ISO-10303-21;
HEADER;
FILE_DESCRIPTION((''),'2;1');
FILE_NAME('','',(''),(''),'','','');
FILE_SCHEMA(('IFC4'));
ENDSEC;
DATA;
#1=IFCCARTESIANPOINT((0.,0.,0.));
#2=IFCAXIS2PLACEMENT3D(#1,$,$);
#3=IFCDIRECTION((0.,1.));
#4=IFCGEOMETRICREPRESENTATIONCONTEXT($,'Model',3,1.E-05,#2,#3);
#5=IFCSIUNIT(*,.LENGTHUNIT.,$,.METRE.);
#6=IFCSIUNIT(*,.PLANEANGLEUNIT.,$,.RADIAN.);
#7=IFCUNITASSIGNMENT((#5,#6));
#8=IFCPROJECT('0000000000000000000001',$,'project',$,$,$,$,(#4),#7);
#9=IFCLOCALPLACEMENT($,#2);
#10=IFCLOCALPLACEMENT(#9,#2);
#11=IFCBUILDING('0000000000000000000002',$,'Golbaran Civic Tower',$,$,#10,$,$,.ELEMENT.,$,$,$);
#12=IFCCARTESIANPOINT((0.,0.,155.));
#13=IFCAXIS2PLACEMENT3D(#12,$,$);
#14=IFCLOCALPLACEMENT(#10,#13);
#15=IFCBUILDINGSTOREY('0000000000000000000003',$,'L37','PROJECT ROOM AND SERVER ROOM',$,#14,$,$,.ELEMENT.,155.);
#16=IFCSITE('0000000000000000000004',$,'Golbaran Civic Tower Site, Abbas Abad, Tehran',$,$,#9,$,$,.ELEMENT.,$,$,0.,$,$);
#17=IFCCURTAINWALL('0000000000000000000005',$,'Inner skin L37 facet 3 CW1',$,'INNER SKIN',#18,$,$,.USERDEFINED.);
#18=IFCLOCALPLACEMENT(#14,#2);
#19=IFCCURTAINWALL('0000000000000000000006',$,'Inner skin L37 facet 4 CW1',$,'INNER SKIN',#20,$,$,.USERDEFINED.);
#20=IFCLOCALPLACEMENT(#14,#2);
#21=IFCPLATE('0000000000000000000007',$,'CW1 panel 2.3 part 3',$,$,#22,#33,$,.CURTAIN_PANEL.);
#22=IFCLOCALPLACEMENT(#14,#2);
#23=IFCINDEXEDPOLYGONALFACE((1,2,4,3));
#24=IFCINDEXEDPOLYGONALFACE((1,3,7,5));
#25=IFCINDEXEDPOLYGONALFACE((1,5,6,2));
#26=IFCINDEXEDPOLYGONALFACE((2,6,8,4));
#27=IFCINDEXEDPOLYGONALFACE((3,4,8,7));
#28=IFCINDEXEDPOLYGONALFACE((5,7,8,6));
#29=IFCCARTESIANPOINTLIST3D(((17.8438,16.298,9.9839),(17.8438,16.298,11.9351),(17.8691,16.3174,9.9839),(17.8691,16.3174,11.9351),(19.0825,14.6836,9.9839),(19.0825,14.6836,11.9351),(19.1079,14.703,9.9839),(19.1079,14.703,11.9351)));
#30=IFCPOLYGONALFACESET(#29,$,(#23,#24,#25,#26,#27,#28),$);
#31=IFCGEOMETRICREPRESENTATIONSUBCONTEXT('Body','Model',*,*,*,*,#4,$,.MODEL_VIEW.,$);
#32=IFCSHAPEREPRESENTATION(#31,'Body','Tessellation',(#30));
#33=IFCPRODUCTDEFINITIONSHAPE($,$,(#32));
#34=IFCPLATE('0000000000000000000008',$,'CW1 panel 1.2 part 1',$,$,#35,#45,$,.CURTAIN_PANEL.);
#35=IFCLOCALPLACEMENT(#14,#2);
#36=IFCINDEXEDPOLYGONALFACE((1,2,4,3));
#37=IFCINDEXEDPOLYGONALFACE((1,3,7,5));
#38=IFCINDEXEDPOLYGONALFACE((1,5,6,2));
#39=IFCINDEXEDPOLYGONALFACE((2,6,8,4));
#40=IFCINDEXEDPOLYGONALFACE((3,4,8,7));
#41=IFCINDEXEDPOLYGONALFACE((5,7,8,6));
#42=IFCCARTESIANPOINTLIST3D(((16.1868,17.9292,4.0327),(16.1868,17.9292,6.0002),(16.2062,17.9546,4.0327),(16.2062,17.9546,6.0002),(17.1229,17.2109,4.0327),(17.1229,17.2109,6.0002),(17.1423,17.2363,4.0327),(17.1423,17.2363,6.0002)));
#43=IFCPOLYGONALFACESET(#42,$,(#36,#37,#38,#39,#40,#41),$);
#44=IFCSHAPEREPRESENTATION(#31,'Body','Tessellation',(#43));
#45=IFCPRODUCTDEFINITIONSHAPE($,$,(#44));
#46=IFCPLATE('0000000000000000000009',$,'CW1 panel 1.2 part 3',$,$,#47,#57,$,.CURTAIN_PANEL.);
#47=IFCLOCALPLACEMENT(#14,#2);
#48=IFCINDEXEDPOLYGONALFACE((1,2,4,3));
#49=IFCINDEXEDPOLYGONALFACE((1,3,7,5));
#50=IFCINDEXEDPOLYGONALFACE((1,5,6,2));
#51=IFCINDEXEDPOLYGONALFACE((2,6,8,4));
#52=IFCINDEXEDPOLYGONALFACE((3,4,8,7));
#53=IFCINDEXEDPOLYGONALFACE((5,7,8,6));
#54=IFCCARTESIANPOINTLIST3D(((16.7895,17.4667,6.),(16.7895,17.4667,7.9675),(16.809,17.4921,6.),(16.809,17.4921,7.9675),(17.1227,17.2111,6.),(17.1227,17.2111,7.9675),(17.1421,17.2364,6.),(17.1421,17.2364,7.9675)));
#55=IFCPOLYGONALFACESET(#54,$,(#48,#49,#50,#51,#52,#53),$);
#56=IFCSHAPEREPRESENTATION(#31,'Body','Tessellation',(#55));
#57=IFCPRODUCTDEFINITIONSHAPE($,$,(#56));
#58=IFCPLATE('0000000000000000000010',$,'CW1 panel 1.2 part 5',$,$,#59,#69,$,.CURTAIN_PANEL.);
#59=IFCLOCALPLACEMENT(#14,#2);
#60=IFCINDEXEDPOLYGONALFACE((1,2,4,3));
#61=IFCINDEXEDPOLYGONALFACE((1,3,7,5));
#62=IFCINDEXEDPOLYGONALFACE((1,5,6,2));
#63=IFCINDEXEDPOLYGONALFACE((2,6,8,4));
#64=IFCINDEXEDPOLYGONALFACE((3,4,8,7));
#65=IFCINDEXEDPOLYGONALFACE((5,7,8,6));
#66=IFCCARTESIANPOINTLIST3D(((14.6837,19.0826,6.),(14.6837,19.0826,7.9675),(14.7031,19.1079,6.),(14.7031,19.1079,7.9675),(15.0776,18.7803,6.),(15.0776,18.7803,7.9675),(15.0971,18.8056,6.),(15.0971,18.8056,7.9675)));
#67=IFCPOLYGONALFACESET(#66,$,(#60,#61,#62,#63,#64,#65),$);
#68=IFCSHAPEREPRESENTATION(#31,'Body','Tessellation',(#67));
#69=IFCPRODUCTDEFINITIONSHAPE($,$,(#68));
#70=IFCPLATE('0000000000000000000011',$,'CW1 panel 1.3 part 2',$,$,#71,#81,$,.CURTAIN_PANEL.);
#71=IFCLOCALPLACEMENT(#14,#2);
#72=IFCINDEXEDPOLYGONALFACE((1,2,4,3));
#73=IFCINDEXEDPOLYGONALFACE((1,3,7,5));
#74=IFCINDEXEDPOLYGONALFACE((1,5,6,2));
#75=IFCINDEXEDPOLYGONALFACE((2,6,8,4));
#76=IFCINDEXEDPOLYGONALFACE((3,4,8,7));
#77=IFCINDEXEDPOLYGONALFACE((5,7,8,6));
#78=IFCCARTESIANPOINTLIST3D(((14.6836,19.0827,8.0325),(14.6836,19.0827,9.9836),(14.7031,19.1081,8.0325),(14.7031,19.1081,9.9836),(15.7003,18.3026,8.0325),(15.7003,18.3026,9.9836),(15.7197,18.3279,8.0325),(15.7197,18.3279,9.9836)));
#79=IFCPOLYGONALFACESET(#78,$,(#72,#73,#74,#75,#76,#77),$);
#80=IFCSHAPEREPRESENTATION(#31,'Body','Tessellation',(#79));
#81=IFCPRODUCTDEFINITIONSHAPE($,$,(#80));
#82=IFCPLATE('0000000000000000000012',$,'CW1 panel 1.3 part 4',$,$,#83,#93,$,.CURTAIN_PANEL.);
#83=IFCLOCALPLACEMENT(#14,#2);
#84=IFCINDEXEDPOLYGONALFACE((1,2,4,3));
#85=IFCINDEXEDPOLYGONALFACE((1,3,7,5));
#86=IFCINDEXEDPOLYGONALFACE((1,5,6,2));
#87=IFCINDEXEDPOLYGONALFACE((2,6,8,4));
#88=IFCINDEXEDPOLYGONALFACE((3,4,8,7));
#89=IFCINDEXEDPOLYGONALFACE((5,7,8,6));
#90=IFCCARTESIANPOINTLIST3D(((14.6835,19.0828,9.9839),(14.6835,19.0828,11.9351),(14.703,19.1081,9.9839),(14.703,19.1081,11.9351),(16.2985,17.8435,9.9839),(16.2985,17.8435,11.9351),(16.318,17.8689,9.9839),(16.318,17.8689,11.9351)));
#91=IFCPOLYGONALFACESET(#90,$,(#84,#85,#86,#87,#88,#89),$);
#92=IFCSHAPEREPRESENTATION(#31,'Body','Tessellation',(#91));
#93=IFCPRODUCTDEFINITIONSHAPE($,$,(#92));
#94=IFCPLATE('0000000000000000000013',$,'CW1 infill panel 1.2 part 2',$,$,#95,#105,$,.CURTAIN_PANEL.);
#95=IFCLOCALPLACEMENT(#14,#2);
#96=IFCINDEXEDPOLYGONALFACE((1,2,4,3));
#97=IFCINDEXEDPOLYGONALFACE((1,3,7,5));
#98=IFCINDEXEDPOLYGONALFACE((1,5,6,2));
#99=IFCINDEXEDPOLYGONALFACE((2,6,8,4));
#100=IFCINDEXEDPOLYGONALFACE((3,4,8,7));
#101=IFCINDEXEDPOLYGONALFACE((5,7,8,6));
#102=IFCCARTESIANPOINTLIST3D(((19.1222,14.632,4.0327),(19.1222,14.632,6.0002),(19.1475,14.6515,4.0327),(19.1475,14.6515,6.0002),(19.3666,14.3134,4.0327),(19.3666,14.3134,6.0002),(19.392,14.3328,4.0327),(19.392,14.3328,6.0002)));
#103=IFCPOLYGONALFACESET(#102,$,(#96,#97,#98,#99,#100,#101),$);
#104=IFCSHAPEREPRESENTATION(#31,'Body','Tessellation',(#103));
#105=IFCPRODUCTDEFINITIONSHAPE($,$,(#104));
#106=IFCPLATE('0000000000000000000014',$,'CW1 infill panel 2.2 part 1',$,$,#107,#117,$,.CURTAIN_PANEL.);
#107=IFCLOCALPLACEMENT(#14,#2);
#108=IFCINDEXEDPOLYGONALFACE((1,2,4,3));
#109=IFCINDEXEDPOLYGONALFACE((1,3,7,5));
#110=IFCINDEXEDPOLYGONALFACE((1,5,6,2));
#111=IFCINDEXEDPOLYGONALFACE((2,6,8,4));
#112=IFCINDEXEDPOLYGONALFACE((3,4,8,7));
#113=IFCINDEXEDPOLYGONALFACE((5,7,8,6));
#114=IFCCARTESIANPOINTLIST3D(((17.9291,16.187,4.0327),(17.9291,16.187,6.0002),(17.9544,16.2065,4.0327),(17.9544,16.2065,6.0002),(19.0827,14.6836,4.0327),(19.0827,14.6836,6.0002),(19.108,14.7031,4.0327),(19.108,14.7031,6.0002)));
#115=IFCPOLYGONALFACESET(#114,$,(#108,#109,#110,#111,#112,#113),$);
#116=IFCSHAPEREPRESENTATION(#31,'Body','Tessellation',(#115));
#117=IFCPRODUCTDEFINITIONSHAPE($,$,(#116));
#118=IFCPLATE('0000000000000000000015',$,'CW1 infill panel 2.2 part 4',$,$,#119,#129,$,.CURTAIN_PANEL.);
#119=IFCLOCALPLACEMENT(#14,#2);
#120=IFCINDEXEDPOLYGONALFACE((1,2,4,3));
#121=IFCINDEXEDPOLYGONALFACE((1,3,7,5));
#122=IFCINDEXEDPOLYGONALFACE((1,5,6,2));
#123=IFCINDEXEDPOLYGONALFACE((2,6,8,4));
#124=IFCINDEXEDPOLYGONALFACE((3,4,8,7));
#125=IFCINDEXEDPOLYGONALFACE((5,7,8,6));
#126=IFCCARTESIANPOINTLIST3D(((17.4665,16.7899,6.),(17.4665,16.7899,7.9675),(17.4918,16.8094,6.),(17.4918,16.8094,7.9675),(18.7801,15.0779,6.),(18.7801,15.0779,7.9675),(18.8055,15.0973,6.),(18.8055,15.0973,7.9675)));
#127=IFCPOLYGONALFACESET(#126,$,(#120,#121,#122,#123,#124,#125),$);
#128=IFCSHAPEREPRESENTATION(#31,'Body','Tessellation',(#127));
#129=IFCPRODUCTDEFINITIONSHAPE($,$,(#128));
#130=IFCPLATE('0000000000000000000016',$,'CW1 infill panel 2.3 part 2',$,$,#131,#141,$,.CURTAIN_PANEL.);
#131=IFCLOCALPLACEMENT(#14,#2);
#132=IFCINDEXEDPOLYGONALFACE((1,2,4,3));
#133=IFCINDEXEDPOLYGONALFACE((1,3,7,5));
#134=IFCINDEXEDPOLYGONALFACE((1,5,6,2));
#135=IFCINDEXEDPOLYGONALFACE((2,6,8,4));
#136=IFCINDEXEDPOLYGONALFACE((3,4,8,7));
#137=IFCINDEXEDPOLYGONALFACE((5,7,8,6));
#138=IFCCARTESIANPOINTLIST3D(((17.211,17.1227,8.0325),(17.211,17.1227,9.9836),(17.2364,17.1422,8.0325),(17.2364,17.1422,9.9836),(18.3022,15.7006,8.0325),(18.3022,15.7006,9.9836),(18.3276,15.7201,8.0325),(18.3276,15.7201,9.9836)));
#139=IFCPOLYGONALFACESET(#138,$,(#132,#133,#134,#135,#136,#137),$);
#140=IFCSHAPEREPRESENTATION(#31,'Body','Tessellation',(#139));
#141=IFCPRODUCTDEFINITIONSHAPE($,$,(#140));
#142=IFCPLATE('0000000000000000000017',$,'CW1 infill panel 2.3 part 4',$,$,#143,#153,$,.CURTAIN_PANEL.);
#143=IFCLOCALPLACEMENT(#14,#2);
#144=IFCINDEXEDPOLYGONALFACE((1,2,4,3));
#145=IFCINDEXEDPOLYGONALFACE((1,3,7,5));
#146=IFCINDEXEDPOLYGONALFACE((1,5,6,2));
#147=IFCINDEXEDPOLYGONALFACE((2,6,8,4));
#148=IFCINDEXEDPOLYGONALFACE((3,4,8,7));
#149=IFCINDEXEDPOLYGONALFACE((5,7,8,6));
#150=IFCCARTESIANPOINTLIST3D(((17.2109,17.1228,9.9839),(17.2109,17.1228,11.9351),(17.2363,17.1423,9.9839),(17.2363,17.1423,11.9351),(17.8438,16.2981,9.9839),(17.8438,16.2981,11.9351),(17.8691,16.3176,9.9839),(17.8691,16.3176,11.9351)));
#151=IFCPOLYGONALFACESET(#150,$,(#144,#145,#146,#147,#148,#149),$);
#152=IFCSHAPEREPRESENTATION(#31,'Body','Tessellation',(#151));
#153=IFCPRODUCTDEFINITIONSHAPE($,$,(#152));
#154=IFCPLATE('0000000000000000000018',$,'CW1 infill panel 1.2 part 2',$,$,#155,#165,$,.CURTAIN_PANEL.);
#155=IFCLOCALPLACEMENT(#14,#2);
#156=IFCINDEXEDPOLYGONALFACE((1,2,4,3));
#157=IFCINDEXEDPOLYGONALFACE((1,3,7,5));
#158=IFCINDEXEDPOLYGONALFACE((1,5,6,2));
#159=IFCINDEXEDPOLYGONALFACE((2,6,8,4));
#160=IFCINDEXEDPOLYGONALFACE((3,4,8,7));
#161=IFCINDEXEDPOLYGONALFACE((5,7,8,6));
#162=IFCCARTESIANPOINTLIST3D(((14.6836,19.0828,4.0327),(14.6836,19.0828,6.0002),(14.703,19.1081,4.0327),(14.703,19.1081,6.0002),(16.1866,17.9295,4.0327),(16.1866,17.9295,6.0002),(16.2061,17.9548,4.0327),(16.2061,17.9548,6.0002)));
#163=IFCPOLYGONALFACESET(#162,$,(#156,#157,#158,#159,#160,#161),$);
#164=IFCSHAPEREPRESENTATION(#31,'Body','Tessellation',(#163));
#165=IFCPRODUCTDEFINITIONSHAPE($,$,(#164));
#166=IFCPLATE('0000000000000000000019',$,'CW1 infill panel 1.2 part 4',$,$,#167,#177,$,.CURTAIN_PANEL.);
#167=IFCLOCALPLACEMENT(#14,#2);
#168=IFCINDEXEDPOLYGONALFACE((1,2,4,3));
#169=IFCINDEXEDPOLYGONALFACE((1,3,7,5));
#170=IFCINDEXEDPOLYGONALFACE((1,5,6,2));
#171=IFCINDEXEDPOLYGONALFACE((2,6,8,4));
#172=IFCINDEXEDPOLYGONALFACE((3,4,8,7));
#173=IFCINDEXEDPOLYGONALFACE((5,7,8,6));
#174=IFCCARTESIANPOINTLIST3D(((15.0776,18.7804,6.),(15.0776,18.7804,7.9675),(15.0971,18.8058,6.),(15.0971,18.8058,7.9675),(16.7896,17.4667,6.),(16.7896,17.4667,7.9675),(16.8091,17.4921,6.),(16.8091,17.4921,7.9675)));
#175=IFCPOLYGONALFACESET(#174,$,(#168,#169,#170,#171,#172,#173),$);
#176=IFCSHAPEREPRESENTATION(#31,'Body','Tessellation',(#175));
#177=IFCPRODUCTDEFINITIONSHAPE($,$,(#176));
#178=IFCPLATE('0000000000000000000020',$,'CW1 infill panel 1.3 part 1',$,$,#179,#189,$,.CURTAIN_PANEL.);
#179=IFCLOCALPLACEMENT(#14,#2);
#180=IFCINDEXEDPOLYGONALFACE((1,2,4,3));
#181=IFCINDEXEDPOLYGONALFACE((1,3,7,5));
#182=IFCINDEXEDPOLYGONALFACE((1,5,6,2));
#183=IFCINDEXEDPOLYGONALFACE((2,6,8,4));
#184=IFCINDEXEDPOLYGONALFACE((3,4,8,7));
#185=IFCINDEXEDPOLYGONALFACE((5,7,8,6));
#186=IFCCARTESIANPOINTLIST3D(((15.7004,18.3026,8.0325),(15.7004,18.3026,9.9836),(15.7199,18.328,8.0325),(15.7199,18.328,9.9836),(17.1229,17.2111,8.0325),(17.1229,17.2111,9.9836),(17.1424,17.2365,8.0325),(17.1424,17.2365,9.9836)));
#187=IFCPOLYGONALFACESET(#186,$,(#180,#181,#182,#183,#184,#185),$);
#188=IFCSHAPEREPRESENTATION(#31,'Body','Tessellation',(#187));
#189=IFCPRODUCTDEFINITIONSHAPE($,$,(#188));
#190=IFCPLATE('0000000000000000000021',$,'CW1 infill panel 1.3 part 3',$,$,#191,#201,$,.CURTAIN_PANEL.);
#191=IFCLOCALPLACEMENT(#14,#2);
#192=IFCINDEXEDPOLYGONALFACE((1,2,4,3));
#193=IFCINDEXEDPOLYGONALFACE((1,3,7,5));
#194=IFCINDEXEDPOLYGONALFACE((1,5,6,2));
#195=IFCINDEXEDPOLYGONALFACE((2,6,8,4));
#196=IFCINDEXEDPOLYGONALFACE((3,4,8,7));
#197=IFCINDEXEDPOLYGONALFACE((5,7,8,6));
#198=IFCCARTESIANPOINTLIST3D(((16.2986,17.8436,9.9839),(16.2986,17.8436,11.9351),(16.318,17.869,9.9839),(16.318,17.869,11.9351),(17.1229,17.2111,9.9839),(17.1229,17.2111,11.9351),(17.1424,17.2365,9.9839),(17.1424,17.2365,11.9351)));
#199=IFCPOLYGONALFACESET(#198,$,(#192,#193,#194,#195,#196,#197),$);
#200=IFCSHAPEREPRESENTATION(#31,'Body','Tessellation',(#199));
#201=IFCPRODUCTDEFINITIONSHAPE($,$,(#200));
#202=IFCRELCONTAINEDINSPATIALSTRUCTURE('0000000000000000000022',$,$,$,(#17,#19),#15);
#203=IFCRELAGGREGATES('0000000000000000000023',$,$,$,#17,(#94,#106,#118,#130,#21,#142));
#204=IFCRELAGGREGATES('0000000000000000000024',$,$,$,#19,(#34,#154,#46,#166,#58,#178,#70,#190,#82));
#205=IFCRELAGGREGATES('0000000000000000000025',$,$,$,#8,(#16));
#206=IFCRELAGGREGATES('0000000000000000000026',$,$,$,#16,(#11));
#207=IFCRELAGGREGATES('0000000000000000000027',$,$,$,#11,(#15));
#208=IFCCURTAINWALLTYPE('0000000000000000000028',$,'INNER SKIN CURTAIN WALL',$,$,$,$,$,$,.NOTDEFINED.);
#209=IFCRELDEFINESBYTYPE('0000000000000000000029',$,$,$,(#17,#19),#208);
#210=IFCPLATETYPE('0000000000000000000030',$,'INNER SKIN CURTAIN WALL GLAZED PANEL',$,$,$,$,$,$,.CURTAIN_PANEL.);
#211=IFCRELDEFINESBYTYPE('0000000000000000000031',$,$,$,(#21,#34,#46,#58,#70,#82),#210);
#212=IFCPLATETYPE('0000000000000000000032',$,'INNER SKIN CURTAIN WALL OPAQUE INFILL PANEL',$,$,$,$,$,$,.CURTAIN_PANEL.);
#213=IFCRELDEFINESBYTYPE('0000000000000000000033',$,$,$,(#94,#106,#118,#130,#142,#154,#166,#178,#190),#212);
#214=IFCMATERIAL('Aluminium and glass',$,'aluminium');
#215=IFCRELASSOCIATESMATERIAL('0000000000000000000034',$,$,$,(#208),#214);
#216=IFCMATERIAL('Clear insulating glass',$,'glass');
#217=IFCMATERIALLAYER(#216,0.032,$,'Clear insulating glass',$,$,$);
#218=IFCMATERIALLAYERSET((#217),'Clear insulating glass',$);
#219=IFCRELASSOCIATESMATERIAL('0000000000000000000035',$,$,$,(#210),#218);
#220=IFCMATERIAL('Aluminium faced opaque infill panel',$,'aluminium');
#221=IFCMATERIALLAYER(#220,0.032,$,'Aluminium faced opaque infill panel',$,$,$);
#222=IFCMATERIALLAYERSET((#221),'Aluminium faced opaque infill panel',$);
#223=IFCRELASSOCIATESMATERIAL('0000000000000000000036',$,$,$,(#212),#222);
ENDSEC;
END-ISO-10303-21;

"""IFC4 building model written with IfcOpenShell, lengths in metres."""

from ifc_helpers import new_model, si_unit, direction, frame, origin, origin_2d, place, context, subcontext, project, spatial, rectangle, extrude, material, layer, layer_set, type_object, element, aggregate, save


model = new_model("IFC4")

# Units and contexts
model_context = context("Model", 3, precision=1e-05, world=origin(), true_north=direction((0.0, 1.0)))
body_context = subcontext(model_context, "Body", "Model", "MODEL_VIEW")
ifc_project = project(units=[si_unit("LENGTHUNIT", "METRE"), si_unit("PLANEANGLEUNIT", "RADIAN")], contexts=[model_context])

# Site, building, storey
site_placement = place(None, origin())
site = spatial("IfcSite", under=ifc_project, at=site_placement, Name="Golbaran Civic Tower Site, Abbas Abad, Tehran", CompositionType="ELEMENT", RefElevation=0.0)
building_placement = place(site_placement, origin())
building = spatial("IfcBuilding", under=site, at=building_placement, Name="Golbaran Civic Tower", CompositionType="ELEMENT")
storey_placement = place(building_placement, frame((0.0, 0.0, 155.0)))
storey = spatial("IfcBuildingStorey", under=building, at=storey_placement, Name="L37", Description="PROJECT ROOM AND SERVER ROOM", CompositionType="ELEMENT", Elevation=155.0)

# Curtain walls
ifc_material_1 = material(Name="Aluminium and glass", Category="aluminium")
curtain_wall_type = type_object("IfcCurtainWallType", Name="INNER SKIN CURTAIN WALL", PredefinedType="NOTDEFINED", material=ifc_material_1)
curtain_wall_1_placement = place(storey_placement, origin())
curtain_wall_1 = element("IfcCurtainWall", 1, at=curtain_wall_1_placement, inside=storey, type_object=curtain_wall_type, Name="Inner skin L37 facet 3 CW1", ObjectType="INNER SKIN", PredefinedType="USERDEFINED")
curtain_wall_2_placement = place(storey_placement, origin())
curtain_wall_2 = element("IfcCurtainWall", 2, at=curtain_wall_2_placement, inside=storey, type_object=curtain_wall_type, Name="Inner skin L37 facet 4 CW1", ObjectType="INNER SKIN", PredefinedType="USERDEFINED")

# Shared definitions
ifc_material_2 = material(Name="Clear insulating glass", Category="glass")
ifc_layer_1 = layer(ifc_material_2, 0.032, Name="Clear insulating glass")
ifc_layer_set_1 = layer_set([ifc_layer_1], Name="Clear insulating glass")
plate_type_1 = type_object("IfcPlateType", Name="INNER SKIN CURTAIN WALL GLAZED PANEL", PredefinedType="CURTAIN_PANEL", material=ifc_layer_set_1)

# Plates
plate_1_placement = place(storey_placement, frame((18.4758, 15.5005, 9.9839), z_axis=(0.0, 0.0, 1.0), x_axis=(-0.608761, 0.793353, 0.0)))
plate_1 = element("IfcPlate", 3, at=plate_1_placement, type_object=plate_type_1, Name="CW1 panel 2.3 part 3", PredefinedType="CURTAIN_PANEL", context=body_context, shape_type="SweptSolid", body=[
    extrude(rectangle(XDim=2.0349, YDim=0.032, at=origin_2d()), origin(), (0.0, 0.0, 1.0), 1.9512),
])
plate_2_placement = place(storey_placement, frame((16.6646, 17.5828, 4.0327), z_axis=(0.0, 0.0, 1.0), x_axis=(-0.793353, 0.608761, 0.0)))
plate_2 = element("IfcPlate", 4, at=plate_2_placement, type_object=plate_type_1, Name="CW1 panel 1.2 part 1", PredefinedType="CURTAIN_PANEL", context=body_context, shape_type="SweptSolid", body=[
    extrude(rectangle(XDim=1.1799, YDim=0.032, at=origin_2d()), origin(), (0.0, 0.0, 1.0), 1.9675),
])
plate_3_placement = place(storey_placement, frame((16.9658, 17.3516, 6.0), z_axis=(0.0, 0.0, 1.0), x_axis=(-0.793353, 0.608761, 0.0)))
plate_3 = element("IfcPlate", 5, at=plate_3_placement, type_object=plate_type_1, Name="CW1 panel 1.2 part 3", PredefinedType="CURTAIN_PANEL", context=body_context, shape_type="SweptSolid", body=[
    extrude(rectangle(XDim=0.4199, YDim=0.032, at=origin_2d()), origin(), (0.0, 0.0, 1.0), 1.9675),
])
plate_4_placement = place(storey_placement, frame((14.8904, 18.9441, 6.0), z_axis=(0.0, 0.0, 1.0), x_axis=(-0.793353, 0.608761, 0.0)))
plate_4 = element("IfcPlate", 6, at=plate_4_placement, type_object=plate_type_1, Name="CW1 panel 1.2 part 5", PredefinedType="CURTAIN_PANEL", context=body_context, shape_type="SweptSolid", body=[
    extrude(rectangle(XDim=0.4966, YDim=0.032, at=origin_2d()), origin(), (0.0, 0.0, 1.0), 1.9675),
])
plate_5_placement = place(storey_placement, frame((15.2017, 18.7053, 8.0325), z_axis=(0.0, 0.0, 1.0), x_axis=(-0.793353, 0.608761, 0.0)))
plate_5 = element("IfcPlate", 7, at=plate_5_placement, type_object=plate_type_1, Name="CW1 panel 1.3 part 2", PredefinedType="CURTAIN_PANEL", context=body_context, shape_type="SweptSolid", body=[
    extrude(rectangle(XDim=1.2815, YDim=0.032, at=origin_2d()), origin(), (0.0, 0.0, 1.0), 1.9512),
])
plate_6_placement = place(storey_placement, frame((15.5007, 18.4758, 9.9839), z_axis=(0.0, 0.0, 1.0), x_axis=(-0.793353, 0.608761, 0.0)))
plate_6 = element("IfcPlate", 8, at=plate_6_placement, type_object=plate_type_1, Name="CW1 panel 1.3 part 4", PredefinedType="CURTAIN_PANEL", context=body_context, shape_type="SweptSolid", body=[
    extrude(rectangle(XDim=2.0356, YDim=0.032, at=origin_2d()), origin(), (0.0, 0.0, 1.0), 1.9512),
])
ifc_material_3 = material(Name="Aluminium faced opaque infill panel", Category="aluminium")
ifc_layer_2 = layer(ifc_material_3, 0.032, Name="Aluminium faced opaque infill panel")
ifc_layer_set_2 = layer_set([ifc_layer_2], Name="Aluminium faced opaque infill panel")
plate_type_2 = type_object("IfcPlateType", Name="INNER SKIN CURTAIN WALL OPAQUE INFILL PANEL", PredefinedType="CURTAIN_PANEL", material=ifc_layer_set_2)
plate_7_placement = place(storey_placement, frame((19.2571, 14.4824, 4.0327), z_axis=(0.0, 0.0, 1.0), x_axis=(-0.608761, 0.793353, 0.0)))
plate_7 = element("IfcPlate", 9, at=plate_7_placement, type_object=plate_type_2, Name="CW1 infill panel 1.2 part 2", PredefinedType="CURTAIN_PANEL", context=body_context, shape_type="SweptSolid", body=[
    extrude(rectangle(XDim=0.4016, YDim=0.032, at=origin_2d()), origin(), (0.0, 0.0, 1.0), 1.9675),
])
plate_8_placement = place(storey_placement, frame((18.5186, 15.4451, 4.0327), z_axis=(0.0, 0.0, 1.0), x_axis=(-0.608761, 0.793353, 0.0)))
plate_8 = element("IfcPlate", 10, at=plate_8_placement, type_object=plate_type_2, Name="CW1 infill panel 2.2 part 1", PredefinedType="CURTAIN_PANEL", context=body_context, shape_type="SweptSolid", body=[
    extrude(rectangle(XDim=1.895, YDim=0.032, at=origin_2d()), origin(), (0.0, 0.0, 1.0), 1.9675),
])
plate_9_placement = place(storey_placement, frame((18.136, 15.9436, 6.0), z_axis=(0.0, 0.0, 1.0), x_axis=(-0.608761, 0.793353, 0.0)))
plate_9 = element("IfcPlate", 11, at=plate_9_placement, type_object=plate_type_2, Name="CW1 infill panel 2.2 part 4", PredefinedType="CURTAIN_PANEL", context=body_context, shape_type="SweptSolid", body=[
    extrude(rectangle(XDim=2.158, YDim=0.032, at=origin_2d()), origin(), (0.0, 0.0, 1.0), 1.9675),
])
plate_10_placement = place(storey_placement, frame((17.7693, 16.4214, 8.0325), z_axis=(0.0, 0.0, 1.0), x_axis=(-0.608761, 0.793353, 0.0)))
plate_10 = element("IfcPlate", 12, at=plate_10_placement, type_object=plate_type_2, Name="CW1 infill panel 2.3 part 2", PredefinedType="CURTAIN_PANEL", context=body_context, shape_type="SweptSolid", body=[
    extrude(rectangle(XDim=1.7925, YDim=0.032, at=origin_2d()), origin(), (0.0, 0.0, 1.0), 1.9512),
])
plate_11_placement = place(storey_placement, frame((17.54, 16.7202, 9.9839), z_axis=(0.0, 0.0, 1.0), x_axis=(-0.608761, 0.793353, 0.0)))
plate_11 = element("IfcPlate", 13, at=plate_11_placement, type_object=plate_type_2, Name="CW1 infill panel 2.3 part 4", PredefinedType="CURTAIN_PANEL", context=body_context, shape_type="SweptSolid", body=[
    extrude(rectangle(XDim=1.0396, YDim=0.032, at=origin_2d()), origin(), (0.0, 0.0, 1.0), 1.9512),
])
aggregate(curtain_wall_1, [plate_7, plate_8, plate_9, plate_10, plate_1, plate_11])
plate_12_placement = place(storey_placement, frame((15.4448, 18.5188, 4.0327), z_axis=(0.0, 0.0, 1.0), x_axis=(-0.793353, 0.608761, 0.0)))
plate_12 = element("IfcPlate", 14, at=plate_12_placement, type_object=plate_type_2, Name="CW1 infill panel 1.2 part 2", PredefinedType="CURTAIN_PANEL", context=body_context, shape_type="SweptSolid", body=[
    extrude(rectangle(XDim=1.8945, YDim=0.032, at=origin_2d()), origin(), (0.0, 0.0, 1.0), 1.9675),
])
plate_13_placement = place(storey_placement, frame((15.9434, 18.1362, 6.0), z_axis=(0.0, 0.0, 1.0), x_axis=(-0.793353, 0.608761, 0.0)))
plate_13 = element("IfcPlate", 15, at=plate_13_placement, type_object=plate_type_2, Name="CW1 infill panel 1.2 part 4", PredefinedType="CURTAIN_PANEL", context=body_context, shape_type="SweptSolid", body=[
    extrude(rectangle(XDim=2.158, YDim=0.032, at=origin_2d()), origin(), (0.0, 0.0, 1.0), 1.9675),
])
plate_14_placement = place(storey_placement, frame((16.4214, 17.7695, 8.0325), z_axis=(0.0, 0.0, 1.0), x_axis=(-0.793353, 0.608761, 0.0)))
plate_14 = element("IfcPlate", 16, at=plate_14_placement, type_object=plate_type_2, Name="CW1 infill panel 1.3 part 1", PredefinedType="CURTAIN_PANEL", context=body_context, shape_type="SweptSolid", body=[
    extrude(rectangle(XDim=1.793, YDim=0.032, at=origin_2d()), origin(), (0.0, 0.0, 1.0), 1.9512),
])
plate_15_placement = place(storey_placement, frame((16.7205, 17.54, 9.9839), z_axis=(0.0, 0.0, 1.0), x_axis=(-0.793353, 0.608761, 0.0)))
plate_15 = element("IfcPlate", 17, at=plate_15_placement, type_object=plate_type_2, Name="CW1 infill panel 1.3 part 3", PredefinedType="CURTAIN_PANEL", context=body_context, shape_type="SweptSolid", body=[
    extrude(rectangle(XDim=1.0391, YDim=0.032, at=origin_2d()), origin(), (0.0, 0.0, 1.0), 1.9512),
])
aggregate(curtain_wall_2, [plate_2, plate_12, plate_3, plate_13, plate_4, plate_14, plate_5, plate_15, plate_6])

save(model, "model.ifc")
